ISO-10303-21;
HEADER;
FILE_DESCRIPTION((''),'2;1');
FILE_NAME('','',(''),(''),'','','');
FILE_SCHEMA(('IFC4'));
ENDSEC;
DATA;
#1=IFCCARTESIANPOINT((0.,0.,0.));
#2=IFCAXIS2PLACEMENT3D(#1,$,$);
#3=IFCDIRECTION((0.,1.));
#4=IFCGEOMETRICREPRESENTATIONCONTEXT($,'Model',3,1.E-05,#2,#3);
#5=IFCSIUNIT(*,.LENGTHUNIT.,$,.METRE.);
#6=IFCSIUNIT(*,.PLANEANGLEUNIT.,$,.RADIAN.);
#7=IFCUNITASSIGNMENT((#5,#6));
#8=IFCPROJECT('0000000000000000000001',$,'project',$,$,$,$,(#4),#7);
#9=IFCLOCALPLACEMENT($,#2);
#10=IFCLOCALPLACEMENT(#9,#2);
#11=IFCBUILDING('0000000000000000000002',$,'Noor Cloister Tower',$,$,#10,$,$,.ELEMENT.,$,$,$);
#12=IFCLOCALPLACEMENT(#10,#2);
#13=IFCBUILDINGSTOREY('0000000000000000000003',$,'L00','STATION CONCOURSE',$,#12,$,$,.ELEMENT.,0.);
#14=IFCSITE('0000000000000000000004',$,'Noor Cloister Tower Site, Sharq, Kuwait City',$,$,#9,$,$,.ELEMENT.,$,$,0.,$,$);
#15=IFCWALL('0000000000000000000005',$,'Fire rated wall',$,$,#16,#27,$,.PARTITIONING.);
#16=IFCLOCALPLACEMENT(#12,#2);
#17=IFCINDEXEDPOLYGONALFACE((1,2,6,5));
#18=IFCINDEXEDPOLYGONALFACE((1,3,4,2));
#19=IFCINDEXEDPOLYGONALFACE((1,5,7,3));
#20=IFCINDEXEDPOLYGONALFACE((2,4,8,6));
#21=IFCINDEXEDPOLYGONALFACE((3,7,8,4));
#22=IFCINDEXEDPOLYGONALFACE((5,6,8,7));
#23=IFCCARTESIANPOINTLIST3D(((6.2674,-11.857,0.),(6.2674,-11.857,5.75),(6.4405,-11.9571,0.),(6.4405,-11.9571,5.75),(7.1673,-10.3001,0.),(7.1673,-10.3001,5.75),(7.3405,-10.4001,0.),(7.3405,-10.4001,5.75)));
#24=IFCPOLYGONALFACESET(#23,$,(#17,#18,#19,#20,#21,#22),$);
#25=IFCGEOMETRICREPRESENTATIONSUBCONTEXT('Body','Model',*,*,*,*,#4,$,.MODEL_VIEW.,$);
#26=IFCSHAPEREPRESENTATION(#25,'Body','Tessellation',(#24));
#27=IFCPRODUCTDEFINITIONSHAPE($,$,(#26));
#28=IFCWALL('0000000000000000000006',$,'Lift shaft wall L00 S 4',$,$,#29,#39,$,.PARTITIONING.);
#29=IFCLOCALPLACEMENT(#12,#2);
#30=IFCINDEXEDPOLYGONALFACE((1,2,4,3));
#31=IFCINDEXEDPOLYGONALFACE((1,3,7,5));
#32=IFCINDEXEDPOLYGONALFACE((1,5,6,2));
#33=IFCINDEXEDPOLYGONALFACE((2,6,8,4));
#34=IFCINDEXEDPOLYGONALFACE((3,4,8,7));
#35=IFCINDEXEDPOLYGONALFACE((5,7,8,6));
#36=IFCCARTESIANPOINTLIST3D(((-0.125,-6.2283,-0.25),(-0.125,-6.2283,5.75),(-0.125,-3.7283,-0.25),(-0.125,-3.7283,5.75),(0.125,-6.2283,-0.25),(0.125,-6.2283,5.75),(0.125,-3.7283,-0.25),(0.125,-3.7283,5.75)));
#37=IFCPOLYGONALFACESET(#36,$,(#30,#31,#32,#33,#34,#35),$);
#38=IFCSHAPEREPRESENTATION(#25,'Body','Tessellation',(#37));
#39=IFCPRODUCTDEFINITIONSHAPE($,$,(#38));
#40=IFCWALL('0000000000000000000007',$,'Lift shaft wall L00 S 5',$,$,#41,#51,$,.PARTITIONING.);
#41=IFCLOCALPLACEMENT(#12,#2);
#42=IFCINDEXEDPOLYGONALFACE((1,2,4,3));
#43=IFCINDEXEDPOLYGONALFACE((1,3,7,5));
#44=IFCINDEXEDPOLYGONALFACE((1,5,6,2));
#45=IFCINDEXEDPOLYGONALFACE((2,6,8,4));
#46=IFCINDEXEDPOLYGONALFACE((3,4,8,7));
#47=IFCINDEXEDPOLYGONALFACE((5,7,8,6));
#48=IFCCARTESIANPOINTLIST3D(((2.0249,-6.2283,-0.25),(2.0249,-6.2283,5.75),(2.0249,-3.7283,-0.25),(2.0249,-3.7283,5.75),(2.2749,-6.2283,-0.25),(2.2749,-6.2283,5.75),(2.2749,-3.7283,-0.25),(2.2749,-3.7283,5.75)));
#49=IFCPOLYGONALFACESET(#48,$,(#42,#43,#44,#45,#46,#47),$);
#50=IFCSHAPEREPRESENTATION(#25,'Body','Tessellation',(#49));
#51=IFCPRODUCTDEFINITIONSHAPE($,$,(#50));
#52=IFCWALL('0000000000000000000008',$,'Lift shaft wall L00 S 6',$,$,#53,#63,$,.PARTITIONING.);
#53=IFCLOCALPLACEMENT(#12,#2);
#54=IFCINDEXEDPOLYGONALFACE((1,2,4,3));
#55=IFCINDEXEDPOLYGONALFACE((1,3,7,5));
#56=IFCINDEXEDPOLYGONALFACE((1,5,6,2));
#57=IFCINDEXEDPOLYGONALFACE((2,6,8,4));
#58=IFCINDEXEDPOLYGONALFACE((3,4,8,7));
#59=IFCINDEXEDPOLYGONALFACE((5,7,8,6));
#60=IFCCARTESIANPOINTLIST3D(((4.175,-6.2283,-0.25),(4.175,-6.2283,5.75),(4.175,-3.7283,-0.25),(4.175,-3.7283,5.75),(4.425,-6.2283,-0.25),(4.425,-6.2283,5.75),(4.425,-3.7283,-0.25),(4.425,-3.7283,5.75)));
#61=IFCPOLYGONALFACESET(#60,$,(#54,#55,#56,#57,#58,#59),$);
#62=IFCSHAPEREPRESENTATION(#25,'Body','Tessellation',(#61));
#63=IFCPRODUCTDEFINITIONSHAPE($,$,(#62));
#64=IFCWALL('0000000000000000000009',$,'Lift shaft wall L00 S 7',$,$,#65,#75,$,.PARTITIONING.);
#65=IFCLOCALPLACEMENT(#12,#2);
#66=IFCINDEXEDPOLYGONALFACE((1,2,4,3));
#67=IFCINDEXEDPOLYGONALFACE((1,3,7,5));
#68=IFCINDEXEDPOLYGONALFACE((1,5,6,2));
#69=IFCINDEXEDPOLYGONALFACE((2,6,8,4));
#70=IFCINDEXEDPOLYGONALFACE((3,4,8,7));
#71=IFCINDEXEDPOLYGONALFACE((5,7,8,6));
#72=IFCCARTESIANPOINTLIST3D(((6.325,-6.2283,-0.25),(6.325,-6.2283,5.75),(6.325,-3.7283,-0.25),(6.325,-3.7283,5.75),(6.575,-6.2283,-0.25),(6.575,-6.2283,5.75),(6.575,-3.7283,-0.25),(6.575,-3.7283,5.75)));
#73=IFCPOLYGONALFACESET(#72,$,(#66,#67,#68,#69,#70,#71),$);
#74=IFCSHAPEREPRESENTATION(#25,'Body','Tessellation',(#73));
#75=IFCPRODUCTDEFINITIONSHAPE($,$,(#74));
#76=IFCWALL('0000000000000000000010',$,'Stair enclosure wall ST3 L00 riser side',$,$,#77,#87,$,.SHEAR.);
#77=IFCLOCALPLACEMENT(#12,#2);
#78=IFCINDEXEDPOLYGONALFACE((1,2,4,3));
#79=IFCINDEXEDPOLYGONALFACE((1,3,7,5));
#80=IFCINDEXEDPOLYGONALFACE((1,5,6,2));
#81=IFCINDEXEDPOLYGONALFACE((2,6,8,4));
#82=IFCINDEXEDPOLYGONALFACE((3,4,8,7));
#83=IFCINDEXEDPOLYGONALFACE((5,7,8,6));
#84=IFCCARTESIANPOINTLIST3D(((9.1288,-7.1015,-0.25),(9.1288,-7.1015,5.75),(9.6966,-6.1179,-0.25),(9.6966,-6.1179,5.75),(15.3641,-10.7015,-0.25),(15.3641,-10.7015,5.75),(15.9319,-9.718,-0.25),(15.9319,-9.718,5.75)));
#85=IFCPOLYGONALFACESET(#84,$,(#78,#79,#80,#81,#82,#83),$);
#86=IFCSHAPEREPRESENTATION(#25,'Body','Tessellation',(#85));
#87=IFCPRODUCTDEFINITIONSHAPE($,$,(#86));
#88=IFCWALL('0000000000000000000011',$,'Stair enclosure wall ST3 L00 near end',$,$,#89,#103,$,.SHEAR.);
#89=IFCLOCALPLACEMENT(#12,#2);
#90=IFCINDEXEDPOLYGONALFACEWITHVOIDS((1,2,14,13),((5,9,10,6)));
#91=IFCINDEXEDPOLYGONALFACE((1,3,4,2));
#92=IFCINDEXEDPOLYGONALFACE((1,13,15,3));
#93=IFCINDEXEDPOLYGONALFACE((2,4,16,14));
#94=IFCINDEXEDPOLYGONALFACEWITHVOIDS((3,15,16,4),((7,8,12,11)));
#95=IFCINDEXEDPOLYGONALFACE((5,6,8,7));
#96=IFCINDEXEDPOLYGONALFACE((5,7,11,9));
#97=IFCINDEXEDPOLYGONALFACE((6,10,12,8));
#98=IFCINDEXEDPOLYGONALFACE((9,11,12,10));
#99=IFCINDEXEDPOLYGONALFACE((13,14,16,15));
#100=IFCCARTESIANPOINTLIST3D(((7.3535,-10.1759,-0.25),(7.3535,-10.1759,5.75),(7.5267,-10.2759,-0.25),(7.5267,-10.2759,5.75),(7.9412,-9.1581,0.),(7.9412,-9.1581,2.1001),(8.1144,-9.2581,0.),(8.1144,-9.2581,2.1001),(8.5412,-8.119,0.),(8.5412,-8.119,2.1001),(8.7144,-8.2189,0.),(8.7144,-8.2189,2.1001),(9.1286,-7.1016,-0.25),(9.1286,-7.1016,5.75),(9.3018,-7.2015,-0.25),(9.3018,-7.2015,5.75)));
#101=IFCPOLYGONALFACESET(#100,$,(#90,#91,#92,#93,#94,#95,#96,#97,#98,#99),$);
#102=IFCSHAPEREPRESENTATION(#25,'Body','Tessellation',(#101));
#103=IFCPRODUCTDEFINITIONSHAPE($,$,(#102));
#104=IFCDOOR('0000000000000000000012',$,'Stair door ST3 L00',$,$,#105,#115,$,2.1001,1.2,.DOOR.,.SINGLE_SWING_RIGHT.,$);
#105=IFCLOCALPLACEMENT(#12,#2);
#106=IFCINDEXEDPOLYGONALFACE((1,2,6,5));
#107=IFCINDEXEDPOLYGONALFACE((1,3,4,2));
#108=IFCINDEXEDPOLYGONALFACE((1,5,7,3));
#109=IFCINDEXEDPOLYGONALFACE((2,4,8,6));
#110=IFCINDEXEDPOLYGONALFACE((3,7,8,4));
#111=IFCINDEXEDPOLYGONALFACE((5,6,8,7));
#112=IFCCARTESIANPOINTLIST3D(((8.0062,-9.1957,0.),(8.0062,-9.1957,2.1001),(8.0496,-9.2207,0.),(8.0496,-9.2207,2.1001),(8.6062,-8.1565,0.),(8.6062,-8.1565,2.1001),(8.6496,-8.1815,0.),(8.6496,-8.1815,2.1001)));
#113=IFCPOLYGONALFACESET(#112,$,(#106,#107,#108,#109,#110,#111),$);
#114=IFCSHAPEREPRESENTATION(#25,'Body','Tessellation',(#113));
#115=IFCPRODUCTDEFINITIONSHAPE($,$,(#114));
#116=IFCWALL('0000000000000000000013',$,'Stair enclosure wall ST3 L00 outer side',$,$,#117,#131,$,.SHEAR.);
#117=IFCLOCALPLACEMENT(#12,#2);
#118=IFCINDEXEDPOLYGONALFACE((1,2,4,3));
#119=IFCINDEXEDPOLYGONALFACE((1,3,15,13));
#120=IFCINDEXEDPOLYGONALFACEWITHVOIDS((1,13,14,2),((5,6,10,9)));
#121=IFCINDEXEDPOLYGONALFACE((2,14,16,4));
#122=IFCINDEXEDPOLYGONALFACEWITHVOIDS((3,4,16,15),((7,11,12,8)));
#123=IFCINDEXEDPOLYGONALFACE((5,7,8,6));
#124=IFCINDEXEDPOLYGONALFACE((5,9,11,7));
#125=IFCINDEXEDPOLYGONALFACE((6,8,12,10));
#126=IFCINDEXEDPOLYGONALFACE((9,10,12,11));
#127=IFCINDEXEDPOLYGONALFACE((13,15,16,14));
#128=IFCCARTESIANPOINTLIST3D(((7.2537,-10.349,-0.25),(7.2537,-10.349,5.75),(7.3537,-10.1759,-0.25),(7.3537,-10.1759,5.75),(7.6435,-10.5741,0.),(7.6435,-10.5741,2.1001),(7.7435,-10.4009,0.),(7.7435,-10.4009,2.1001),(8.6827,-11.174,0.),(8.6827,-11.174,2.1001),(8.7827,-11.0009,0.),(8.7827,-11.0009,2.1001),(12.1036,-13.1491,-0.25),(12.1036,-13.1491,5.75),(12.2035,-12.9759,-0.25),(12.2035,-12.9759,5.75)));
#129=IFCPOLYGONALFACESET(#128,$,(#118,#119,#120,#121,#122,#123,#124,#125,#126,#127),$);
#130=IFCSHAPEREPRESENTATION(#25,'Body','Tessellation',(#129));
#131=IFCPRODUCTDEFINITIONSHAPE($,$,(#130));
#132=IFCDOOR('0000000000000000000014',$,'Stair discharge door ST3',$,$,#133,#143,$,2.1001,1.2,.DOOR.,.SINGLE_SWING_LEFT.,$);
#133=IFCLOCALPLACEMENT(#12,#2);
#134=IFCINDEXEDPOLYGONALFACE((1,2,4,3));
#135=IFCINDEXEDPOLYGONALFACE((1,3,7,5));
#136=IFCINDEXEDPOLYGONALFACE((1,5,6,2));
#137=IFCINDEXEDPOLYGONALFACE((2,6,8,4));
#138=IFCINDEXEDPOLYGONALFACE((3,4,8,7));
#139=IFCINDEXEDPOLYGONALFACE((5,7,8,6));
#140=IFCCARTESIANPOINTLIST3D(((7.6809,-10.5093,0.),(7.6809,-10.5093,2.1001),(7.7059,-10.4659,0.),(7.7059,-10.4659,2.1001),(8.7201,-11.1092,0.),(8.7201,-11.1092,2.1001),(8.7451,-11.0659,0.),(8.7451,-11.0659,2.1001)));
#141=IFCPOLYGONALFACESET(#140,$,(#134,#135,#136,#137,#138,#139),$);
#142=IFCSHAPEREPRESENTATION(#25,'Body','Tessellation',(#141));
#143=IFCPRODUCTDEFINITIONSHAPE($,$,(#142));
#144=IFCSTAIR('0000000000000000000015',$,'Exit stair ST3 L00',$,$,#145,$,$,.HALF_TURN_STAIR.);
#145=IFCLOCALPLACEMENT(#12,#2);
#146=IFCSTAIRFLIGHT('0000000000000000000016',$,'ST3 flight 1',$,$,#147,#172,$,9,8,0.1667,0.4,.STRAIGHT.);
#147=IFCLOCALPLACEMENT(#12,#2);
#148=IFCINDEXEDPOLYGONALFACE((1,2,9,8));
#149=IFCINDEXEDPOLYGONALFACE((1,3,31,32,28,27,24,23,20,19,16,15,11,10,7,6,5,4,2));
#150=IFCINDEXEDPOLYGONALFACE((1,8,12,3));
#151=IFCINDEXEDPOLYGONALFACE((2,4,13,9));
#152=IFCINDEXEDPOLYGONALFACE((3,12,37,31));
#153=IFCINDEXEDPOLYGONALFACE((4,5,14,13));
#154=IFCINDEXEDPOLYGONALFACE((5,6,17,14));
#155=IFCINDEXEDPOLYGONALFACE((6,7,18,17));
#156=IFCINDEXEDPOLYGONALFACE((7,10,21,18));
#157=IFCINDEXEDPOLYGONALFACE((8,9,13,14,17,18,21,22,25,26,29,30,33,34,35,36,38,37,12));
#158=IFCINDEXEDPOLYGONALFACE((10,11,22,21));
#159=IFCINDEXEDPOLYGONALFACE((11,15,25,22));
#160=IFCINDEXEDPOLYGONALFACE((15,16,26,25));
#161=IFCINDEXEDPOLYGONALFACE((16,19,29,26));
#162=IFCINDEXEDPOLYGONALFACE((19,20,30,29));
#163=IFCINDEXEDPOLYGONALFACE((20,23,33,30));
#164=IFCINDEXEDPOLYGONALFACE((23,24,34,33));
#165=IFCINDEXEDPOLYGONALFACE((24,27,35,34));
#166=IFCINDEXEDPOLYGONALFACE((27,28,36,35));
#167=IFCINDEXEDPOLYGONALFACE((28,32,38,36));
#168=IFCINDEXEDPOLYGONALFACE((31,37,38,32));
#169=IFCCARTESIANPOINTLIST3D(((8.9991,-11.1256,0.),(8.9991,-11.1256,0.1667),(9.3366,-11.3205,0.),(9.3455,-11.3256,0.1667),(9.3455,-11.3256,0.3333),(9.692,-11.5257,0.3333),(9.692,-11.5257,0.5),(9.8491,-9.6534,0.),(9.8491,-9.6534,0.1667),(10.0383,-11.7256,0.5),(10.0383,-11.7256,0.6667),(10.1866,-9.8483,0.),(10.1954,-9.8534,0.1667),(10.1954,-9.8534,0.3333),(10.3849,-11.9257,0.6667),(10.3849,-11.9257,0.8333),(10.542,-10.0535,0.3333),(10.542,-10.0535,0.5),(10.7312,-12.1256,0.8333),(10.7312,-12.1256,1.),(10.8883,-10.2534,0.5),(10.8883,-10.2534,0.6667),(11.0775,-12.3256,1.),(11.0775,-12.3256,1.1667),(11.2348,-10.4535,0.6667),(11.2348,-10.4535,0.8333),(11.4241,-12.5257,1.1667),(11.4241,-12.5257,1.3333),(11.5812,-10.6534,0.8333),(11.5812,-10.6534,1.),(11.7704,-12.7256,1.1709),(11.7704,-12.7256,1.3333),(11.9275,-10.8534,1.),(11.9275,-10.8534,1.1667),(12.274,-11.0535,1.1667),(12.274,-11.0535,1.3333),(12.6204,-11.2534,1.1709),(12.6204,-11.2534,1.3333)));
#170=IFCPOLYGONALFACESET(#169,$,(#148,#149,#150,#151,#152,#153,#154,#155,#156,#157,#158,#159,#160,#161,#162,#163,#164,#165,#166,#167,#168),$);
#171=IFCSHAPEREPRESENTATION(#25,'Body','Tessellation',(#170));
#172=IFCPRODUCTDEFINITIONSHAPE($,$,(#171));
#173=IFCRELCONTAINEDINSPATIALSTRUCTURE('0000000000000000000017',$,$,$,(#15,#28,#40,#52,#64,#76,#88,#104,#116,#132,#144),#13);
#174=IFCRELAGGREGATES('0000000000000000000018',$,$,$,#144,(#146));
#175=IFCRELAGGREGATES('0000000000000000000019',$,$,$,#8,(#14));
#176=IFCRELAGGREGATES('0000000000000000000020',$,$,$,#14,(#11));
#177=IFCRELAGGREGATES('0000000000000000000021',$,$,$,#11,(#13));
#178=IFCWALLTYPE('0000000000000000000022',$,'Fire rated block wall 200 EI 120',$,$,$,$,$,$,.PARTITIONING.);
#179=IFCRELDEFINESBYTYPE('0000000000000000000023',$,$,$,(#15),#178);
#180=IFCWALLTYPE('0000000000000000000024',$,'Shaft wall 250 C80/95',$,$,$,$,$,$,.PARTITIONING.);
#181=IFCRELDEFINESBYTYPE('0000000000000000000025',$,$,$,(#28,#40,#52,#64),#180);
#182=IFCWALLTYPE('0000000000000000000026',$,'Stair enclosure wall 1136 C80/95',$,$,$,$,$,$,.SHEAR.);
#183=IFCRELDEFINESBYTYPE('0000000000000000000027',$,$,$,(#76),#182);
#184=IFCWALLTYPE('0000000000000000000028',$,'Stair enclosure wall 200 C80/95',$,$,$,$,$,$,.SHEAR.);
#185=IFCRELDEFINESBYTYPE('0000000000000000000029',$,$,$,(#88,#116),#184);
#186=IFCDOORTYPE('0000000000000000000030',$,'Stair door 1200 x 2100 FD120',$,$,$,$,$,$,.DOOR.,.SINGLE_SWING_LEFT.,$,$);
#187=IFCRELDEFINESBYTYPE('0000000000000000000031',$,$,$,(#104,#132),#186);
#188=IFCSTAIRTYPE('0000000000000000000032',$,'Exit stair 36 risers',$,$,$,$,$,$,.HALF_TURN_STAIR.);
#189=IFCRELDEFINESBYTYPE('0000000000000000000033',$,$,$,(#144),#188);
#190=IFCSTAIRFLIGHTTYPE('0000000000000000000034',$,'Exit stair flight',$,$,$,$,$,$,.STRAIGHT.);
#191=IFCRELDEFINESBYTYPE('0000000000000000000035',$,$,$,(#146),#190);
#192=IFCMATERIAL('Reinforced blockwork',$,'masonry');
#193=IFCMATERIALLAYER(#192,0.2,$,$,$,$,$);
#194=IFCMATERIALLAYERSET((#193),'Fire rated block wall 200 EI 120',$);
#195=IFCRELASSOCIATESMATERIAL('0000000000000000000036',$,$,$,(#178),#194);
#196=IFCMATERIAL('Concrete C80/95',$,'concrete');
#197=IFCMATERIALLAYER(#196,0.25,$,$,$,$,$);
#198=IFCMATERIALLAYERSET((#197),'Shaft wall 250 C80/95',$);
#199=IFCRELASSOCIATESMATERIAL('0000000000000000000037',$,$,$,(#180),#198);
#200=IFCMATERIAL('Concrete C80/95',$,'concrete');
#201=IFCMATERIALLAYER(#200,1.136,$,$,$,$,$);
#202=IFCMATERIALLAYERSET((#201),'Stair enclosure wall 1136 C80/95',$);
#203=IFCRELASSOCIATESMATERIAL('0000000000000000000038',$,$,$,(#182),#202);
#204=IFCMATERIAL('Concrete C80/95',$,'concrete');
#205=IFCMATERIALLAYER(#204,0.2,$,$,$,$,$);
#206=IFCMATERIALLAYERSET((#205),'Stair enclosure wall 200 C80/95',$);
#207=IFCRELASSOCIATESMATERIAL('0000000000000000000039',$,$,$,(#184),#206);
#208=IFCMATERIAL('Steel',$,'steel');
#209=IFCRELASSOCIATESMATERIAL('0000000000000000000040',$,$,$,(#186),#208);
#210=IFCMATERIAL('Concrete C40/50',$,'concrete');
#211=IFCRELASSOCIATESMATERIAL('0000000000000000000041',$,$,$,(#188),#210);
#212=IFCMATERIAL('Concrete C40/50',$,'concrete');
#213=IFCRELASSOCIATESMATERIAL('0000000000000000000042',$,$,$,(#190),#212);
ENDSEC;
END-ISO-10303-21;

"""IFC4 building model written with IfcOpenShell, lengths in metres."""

from ifc_helpers import new_model, si_unit, direction, frame, frame_2d, origin, place, context, subcontext, project, spatial, polyline, rectangle, outline, extrude, material, layer, layer_set, type_object, element, fill, aggregate, save


model = new_model("IFC4")

# Units and contexts
model_context = context("Model", 3, precision=1e-05, world=origin(), true_north=direction((0.0, 1.0)))
body_context = subcontext(model_context, "Body", "Model", "MODEL_VIEW")
ifc_project = project(units=[si_unit("LENGTHUNIT", "METRE"), si_unit("PLANEANGLEUNIT", "RADIAN")], contexts=[model_context])

# Site, building, storey
site_placement = place(None, origin())
site = spatial("IfcSite", under=ifc_project, at=site_placement, Name="Noor Cloister Tower Site, Sharq, Kuwait City", CompositionType="ELEMENT", RefElevation=0.0)
building_placement = place(site_placement, origin())
building = spatial("IfcBuilding", under=site, at=building_placement, Name="Noor Cloister Tower", CompositionType="ELEMENT")
storey_placement = place(building_placement, origin())
storey = spatial("IfcBuildingStorey", under=building, at=storey_placement, Name="L00", Description="STATION CONCOURSE", CompositionType="ELEMENT", Elevation=0.0)

# Walls
ifc_material_1 = material(Name="Reinforced blockwork", Category="masonry")
ifc_layer_1 = layer(ifc_material_1, 0.2)
ifc_layer_set_1 = layer_set([ifc_layer_1], Name="Fire rated block wall 200 EI 120")
wall_type_1 = type_object("IfcWallType", Name="Fire rated block wall 200 EI 120", PredefinedType="PARTITIONING", material=ifc_layer_set_1)
wall_1_placement = place(storey_placement, frame((7.2539, -10.3501, 0.0), z_axis=(0.0, 0.0, 1.0), x_axis=(-0.500431, -0.865776, 0.0)))
element("IfcWall", 1, at=wall_1_placement, inside=storey, type_object=wall_type_1, Name="Fire rated wall", PredefinedType="PARTITIONING", context=body_context, shape_type="SweptSolid", body=[
    extrude(rectangle(XDim=1.7983, YDim=0.2, at=frame_2d((0.8992, 0.0))), origin(), (0.0, 0.0, 1.0), 5.75),
])
ifc_material_2 = material(Name="Concrete C80/95", Category="concrete")
ifc_layer_2 = layer(ifc_material_2, 0.25)
ifc_layer_set_2 = layer_set([ifc_layer_2], Name="Shaft wall 250 C80/95")
wall_type_2 = type_object("IfcWallType", Name="Shaft wall 250 C80/95", PredefinedType="PARTITIONING", material=ifc_layer_set_2)
for number, where, z_axis, x_axis, name in (
    (2, (0.0, -6.2283, -0.25), (0.0, 0.0, 1.0), (0.0, 1.0, 0.0), "Lift shaft wall L00 S 4"),
    (3, (2.1499, -6.2283, -0.25), (0.0, 0.0, 1.0), (0.0, 1.0, 0.0), "Lift shaft wall L00 S 5"),
    (4, (4.3, -6.2283, -0.25), (0.0, 0.0, 1.0), (0.0, 1.0, 0.0), "Lift shaft wall L00 S 6"),
    (5, (6.45, -6.2283, -0.25), (0.0, 0.0, 1.0), (0.0, 1.0, 0.0), "Lift shaft wall L00 S 7"),
):
    element("IfcWall", number, at=place(storey_placement, frame(where, z_axis=z_axis, x_axis=x_axis)), inside=storey, type_object=wall_type_2, Name=name, PredefinedType="PARTITIONING", context=body_context, shape_type="SweptSolid", body=[
        extrude(rectangle(XDim=2.5, YDim=0.25, at=frame_2d((1.25, 0.0))), origin(), (0.0, 0.0, 1.0), 6.0),
    ])
ifc_material_3 = material(Name="Concrete C80/95", Category="concrete")
ifc_layer_3 = layer(ifc_material_3, 1.136)
ifc_layer_set_3 = layer_set([ifc_layer_3], Name="Stair enclosure wall 1136 C80/95")
wall_type_3 = type_object("IfcWallType", Name="Stair enclosure wall 1136 C80/95", PredefinedType="SHEAR", material=ifc_layer_set_3)
wall_2_placement = place(storey_placement, frame((9.4126, -6.6096, -0.25), z_axis=(0.0, 0.0, 1.0), x_axis=(0.866018, -0.500012, 0.0)))
element("IfcWall", 6, at=wall_2_placement, inside=storey, type_object=wall_type_3, Name="Stair enclosure wall ST3 L00 riser side", PredefinedType="SHEAR", context=body_context, shape_type="SweptSolid", body=[
    extrude(rectangle(XDim=7.2, YDim=1.1357, at=frame_2d((3.6001, 0.0))), origin(), (0.0, 0.0, 1.0), 6.0),
])

# Walls, openings, doors
ifc_material_4 = material(Name="Concrete C80/95", Category="concrete")
ifc_layer_4 = layer(ifc_material_4, 0.2)
ifc_layer_set_4 = layer_set([ifc_layer_4], Name="Stair enclosure wall 200 C80/95")
wall_type_4 = type_object("IfcWallType", Name="Stair enclosure wall 200 C80/95", PredefinedType="SHEAR", material=ifc_layer_set_4)
wall_3_placement = place(storey_placement, frame((7.4402, -10.2258, -0.25), z_axis=(0.0, 0.0, 1.0), x_axis=(0.500022, 0.866013, 0.0)))
wall_3 = element("IfcWall", 7, at=wall_3_placement, inside=storey, type_object=wall_type_4, Name="Stair enclosure wall ST3 L00 near end", PredefinedType="SHEAR", context=body_context, shape_type="SweptSolid", body=[
    extrude(rectangle(XDim=3.55, YDim=0.2, at=frame_2d((1.7749, 0.0))), origin(), (0.0, 0.0, 1.0), 6.0),
])
opening_1_placement = place(wall_3_placement, frame((1.175, 0.0, 0.25)))
opening_1 = element("IfcOpeningElement", 8, at=opening_1_placement, cuts=wall_3, PredefinedType="OPENING", context=body_context, shape_type="SweptSolid", body=[
    extrude(rectangle(XDim=1.2, YDim=2.1001, at=frame_2d((0.6001, 1.05))), frame((0.0, 0.1099, 0.0), z_axis=(0.0, -1.0, 0.0), x_axis=(1.0, 0.0, 0.0)), (0.0, 0.0, 1.0), 0.22),
])
ifc_material_5 = material(Name="Steel", Category="steel")
door_type_1 = type_object("IfcDoorType", Name="Stair door 1200 x 2100 FD120", OperationType="SINGLE_SWING_LEFT", PredefinedType="DOOR", material=ifc_material_5)
door_1_placement = place(opening_1_placement, origin())
door_1 = element("IfcDoor", 9, at=door_1_placement, inside=storey, type_object=door_type_1, Name="Stair door ST3 L00", OperationType="SINGLE_SWING_RIGHT", OverallHeight=2.1001, OverallWidth=1.2, PredefinedType="DOOR", context=body_context, shape_type="SweptSolid", body=[
    extrude(rectangle(XDim=1.2, YDim=2.1001, at=frame_2d((0.6001, 1.05))), frame((0.0, 0.0249, 0.0), z_axis=(0.0, -1.0, 0.0), x_axis=(1.0, 0.0, 0.0)), (0.0, 0.0, 1.0), 0.05),
])
fill(opening_1, door_1)
wall_4_placement = place(storey_placement, frame((7.3037, -10.2625, -0.25), z_axis=(0.0, 0.0, 1.0), x_axis=(0.866027, -0.499998, 0.0)))
wall_4 = element("IfcWall", 10, at=wall_4_placement, inside=storey, type_object=wall_type_4, Name="Stair enclosure wall ST3 L00 outer side", PredefinedType="SHEAR", context=body_context, shape_type="SweptSolid", body=[
    extrude(rectangle(XDim=5.6001, YDim=0.2, at=frame_2d((2.8, 0.0))), origin(), (0.0, 0.0, 1.0), 6.0),
])
opening_2_placement = place(wall_4_placement, frame((0.45, 0.0, 0.25)))
opening_2 = element("IfcOpeningElement", 11, at=opening_2_placement, cuts=wall_4, PredefinedType="OPENING", context=body_context, shape_type="SweptSolid", body=[
    extrude(rectangle(XDim=1.2, YDim=2.1001, at=frame_2d((0.6001, 1.05))), frame((0.0, 0.1099, 0.0), z_axis=(0.0, -1.0, 0.0), x_axis=(1.0, 0.0, 0.0)), (0.0, 0.0, 1.0), 0.22),
])
door_2_placement = place(opening_2_placement, origin())
door_2 = element("IfcDoor", 12, at=door_2_placement, inside=storey, type_object=door_type_1, Name="Stair discharge door ST3", OperationType="SINGLE_SWING_LEFT", OverallHeight=2.1001, OverallWidth=1.2, PredefinedType="DOOR", context=body_context, shape_type="SweptSolid", body=[
    extrude(rectangle(XDim=1.2, YDim=2.1001, at=frame_2d((0.6001, 1.05))), frame((0.0, 0.0249, 0.0), z_axis=(0.0, -1.0, 0.0), x_axis=(1.0, 0.0, 0.0)), (0.0, 0.0, 1.0), 0.05),
])
fill(opening_2, door_2)

# Stair, stair flight
ifc_material_6 = material(Name="Concrete C40/50", Category="concrete")
stair_type = type_object("IfcStairType", Name="Exit stair 36 risers", PredefinedType="HALF_TURN_STAIR", material=ifc_material_6)
stair_placement = place(storey_placement, origin())
stair = element("IfcStair", 13, at=stair_placement, inside=storey, type_object=stair_type, Name="Exit stair ST3 L00", PredefinedType="HALF_TURN_STAIR")
ifc_material_7 = material(Name="Concrete C40/50", Category="concrete")
stair_flight_type = type_object("IfcStairFlightType", Name="Exit stair flight", PredefinedType="STRAIGHT", material=ifc_material_7)
stair_flight_1_placement = place(storey_placement, frame((9.4241, -10.3896, 0.0), z_axis=(0.0, 0.0, 1.0), x_axis=(0.866025, -0.5, 0.0)))
stair_flight_1 = element("IfcStairFlight", 14, at=stair_flight_1_placement, type_object=stair_flight_type, Name="ST3 flight 1", NumberOfRisers=9, NumberOfTreads=8, PredefinedType="STRAIGHT", RiserHeight=0.1667, TreadLength=0.4, context=body_context, shape_type="SweptSolid", body=[
    extrude(outline(polyline([(0.0, 0.0), (0.0, 0.1667), (0.3999, 0.1667), (0.3999, 0.3333), (0.8, 0.3333), (0.8, 0.5), (1.2, 0.5), (1.2, 0.6667), (1.6001, 0.6667), (1.6001, 0.8333), (2.0, 0.8333), (2.0, 1.0), (2.3999, 1.0), (2.3999, 1.1667), (2.8, 1.1667), (2.8, 1.3333), (3.2, 1.3333), (3.2, 1.5), (3.2, 1.1709), (0.3896, 0.0), (0.0, 0.0)])), frame((0.0, 0.8501, 0.0), z_axis=(0.0, -1.0, 0.0), x_axis=(1.0, 0.0, 0.0)), (0.0, 0.0, 1.0), 1.7),
])
aggregate(stair, [stair_flight_1])

save(model, "model.ifc")
